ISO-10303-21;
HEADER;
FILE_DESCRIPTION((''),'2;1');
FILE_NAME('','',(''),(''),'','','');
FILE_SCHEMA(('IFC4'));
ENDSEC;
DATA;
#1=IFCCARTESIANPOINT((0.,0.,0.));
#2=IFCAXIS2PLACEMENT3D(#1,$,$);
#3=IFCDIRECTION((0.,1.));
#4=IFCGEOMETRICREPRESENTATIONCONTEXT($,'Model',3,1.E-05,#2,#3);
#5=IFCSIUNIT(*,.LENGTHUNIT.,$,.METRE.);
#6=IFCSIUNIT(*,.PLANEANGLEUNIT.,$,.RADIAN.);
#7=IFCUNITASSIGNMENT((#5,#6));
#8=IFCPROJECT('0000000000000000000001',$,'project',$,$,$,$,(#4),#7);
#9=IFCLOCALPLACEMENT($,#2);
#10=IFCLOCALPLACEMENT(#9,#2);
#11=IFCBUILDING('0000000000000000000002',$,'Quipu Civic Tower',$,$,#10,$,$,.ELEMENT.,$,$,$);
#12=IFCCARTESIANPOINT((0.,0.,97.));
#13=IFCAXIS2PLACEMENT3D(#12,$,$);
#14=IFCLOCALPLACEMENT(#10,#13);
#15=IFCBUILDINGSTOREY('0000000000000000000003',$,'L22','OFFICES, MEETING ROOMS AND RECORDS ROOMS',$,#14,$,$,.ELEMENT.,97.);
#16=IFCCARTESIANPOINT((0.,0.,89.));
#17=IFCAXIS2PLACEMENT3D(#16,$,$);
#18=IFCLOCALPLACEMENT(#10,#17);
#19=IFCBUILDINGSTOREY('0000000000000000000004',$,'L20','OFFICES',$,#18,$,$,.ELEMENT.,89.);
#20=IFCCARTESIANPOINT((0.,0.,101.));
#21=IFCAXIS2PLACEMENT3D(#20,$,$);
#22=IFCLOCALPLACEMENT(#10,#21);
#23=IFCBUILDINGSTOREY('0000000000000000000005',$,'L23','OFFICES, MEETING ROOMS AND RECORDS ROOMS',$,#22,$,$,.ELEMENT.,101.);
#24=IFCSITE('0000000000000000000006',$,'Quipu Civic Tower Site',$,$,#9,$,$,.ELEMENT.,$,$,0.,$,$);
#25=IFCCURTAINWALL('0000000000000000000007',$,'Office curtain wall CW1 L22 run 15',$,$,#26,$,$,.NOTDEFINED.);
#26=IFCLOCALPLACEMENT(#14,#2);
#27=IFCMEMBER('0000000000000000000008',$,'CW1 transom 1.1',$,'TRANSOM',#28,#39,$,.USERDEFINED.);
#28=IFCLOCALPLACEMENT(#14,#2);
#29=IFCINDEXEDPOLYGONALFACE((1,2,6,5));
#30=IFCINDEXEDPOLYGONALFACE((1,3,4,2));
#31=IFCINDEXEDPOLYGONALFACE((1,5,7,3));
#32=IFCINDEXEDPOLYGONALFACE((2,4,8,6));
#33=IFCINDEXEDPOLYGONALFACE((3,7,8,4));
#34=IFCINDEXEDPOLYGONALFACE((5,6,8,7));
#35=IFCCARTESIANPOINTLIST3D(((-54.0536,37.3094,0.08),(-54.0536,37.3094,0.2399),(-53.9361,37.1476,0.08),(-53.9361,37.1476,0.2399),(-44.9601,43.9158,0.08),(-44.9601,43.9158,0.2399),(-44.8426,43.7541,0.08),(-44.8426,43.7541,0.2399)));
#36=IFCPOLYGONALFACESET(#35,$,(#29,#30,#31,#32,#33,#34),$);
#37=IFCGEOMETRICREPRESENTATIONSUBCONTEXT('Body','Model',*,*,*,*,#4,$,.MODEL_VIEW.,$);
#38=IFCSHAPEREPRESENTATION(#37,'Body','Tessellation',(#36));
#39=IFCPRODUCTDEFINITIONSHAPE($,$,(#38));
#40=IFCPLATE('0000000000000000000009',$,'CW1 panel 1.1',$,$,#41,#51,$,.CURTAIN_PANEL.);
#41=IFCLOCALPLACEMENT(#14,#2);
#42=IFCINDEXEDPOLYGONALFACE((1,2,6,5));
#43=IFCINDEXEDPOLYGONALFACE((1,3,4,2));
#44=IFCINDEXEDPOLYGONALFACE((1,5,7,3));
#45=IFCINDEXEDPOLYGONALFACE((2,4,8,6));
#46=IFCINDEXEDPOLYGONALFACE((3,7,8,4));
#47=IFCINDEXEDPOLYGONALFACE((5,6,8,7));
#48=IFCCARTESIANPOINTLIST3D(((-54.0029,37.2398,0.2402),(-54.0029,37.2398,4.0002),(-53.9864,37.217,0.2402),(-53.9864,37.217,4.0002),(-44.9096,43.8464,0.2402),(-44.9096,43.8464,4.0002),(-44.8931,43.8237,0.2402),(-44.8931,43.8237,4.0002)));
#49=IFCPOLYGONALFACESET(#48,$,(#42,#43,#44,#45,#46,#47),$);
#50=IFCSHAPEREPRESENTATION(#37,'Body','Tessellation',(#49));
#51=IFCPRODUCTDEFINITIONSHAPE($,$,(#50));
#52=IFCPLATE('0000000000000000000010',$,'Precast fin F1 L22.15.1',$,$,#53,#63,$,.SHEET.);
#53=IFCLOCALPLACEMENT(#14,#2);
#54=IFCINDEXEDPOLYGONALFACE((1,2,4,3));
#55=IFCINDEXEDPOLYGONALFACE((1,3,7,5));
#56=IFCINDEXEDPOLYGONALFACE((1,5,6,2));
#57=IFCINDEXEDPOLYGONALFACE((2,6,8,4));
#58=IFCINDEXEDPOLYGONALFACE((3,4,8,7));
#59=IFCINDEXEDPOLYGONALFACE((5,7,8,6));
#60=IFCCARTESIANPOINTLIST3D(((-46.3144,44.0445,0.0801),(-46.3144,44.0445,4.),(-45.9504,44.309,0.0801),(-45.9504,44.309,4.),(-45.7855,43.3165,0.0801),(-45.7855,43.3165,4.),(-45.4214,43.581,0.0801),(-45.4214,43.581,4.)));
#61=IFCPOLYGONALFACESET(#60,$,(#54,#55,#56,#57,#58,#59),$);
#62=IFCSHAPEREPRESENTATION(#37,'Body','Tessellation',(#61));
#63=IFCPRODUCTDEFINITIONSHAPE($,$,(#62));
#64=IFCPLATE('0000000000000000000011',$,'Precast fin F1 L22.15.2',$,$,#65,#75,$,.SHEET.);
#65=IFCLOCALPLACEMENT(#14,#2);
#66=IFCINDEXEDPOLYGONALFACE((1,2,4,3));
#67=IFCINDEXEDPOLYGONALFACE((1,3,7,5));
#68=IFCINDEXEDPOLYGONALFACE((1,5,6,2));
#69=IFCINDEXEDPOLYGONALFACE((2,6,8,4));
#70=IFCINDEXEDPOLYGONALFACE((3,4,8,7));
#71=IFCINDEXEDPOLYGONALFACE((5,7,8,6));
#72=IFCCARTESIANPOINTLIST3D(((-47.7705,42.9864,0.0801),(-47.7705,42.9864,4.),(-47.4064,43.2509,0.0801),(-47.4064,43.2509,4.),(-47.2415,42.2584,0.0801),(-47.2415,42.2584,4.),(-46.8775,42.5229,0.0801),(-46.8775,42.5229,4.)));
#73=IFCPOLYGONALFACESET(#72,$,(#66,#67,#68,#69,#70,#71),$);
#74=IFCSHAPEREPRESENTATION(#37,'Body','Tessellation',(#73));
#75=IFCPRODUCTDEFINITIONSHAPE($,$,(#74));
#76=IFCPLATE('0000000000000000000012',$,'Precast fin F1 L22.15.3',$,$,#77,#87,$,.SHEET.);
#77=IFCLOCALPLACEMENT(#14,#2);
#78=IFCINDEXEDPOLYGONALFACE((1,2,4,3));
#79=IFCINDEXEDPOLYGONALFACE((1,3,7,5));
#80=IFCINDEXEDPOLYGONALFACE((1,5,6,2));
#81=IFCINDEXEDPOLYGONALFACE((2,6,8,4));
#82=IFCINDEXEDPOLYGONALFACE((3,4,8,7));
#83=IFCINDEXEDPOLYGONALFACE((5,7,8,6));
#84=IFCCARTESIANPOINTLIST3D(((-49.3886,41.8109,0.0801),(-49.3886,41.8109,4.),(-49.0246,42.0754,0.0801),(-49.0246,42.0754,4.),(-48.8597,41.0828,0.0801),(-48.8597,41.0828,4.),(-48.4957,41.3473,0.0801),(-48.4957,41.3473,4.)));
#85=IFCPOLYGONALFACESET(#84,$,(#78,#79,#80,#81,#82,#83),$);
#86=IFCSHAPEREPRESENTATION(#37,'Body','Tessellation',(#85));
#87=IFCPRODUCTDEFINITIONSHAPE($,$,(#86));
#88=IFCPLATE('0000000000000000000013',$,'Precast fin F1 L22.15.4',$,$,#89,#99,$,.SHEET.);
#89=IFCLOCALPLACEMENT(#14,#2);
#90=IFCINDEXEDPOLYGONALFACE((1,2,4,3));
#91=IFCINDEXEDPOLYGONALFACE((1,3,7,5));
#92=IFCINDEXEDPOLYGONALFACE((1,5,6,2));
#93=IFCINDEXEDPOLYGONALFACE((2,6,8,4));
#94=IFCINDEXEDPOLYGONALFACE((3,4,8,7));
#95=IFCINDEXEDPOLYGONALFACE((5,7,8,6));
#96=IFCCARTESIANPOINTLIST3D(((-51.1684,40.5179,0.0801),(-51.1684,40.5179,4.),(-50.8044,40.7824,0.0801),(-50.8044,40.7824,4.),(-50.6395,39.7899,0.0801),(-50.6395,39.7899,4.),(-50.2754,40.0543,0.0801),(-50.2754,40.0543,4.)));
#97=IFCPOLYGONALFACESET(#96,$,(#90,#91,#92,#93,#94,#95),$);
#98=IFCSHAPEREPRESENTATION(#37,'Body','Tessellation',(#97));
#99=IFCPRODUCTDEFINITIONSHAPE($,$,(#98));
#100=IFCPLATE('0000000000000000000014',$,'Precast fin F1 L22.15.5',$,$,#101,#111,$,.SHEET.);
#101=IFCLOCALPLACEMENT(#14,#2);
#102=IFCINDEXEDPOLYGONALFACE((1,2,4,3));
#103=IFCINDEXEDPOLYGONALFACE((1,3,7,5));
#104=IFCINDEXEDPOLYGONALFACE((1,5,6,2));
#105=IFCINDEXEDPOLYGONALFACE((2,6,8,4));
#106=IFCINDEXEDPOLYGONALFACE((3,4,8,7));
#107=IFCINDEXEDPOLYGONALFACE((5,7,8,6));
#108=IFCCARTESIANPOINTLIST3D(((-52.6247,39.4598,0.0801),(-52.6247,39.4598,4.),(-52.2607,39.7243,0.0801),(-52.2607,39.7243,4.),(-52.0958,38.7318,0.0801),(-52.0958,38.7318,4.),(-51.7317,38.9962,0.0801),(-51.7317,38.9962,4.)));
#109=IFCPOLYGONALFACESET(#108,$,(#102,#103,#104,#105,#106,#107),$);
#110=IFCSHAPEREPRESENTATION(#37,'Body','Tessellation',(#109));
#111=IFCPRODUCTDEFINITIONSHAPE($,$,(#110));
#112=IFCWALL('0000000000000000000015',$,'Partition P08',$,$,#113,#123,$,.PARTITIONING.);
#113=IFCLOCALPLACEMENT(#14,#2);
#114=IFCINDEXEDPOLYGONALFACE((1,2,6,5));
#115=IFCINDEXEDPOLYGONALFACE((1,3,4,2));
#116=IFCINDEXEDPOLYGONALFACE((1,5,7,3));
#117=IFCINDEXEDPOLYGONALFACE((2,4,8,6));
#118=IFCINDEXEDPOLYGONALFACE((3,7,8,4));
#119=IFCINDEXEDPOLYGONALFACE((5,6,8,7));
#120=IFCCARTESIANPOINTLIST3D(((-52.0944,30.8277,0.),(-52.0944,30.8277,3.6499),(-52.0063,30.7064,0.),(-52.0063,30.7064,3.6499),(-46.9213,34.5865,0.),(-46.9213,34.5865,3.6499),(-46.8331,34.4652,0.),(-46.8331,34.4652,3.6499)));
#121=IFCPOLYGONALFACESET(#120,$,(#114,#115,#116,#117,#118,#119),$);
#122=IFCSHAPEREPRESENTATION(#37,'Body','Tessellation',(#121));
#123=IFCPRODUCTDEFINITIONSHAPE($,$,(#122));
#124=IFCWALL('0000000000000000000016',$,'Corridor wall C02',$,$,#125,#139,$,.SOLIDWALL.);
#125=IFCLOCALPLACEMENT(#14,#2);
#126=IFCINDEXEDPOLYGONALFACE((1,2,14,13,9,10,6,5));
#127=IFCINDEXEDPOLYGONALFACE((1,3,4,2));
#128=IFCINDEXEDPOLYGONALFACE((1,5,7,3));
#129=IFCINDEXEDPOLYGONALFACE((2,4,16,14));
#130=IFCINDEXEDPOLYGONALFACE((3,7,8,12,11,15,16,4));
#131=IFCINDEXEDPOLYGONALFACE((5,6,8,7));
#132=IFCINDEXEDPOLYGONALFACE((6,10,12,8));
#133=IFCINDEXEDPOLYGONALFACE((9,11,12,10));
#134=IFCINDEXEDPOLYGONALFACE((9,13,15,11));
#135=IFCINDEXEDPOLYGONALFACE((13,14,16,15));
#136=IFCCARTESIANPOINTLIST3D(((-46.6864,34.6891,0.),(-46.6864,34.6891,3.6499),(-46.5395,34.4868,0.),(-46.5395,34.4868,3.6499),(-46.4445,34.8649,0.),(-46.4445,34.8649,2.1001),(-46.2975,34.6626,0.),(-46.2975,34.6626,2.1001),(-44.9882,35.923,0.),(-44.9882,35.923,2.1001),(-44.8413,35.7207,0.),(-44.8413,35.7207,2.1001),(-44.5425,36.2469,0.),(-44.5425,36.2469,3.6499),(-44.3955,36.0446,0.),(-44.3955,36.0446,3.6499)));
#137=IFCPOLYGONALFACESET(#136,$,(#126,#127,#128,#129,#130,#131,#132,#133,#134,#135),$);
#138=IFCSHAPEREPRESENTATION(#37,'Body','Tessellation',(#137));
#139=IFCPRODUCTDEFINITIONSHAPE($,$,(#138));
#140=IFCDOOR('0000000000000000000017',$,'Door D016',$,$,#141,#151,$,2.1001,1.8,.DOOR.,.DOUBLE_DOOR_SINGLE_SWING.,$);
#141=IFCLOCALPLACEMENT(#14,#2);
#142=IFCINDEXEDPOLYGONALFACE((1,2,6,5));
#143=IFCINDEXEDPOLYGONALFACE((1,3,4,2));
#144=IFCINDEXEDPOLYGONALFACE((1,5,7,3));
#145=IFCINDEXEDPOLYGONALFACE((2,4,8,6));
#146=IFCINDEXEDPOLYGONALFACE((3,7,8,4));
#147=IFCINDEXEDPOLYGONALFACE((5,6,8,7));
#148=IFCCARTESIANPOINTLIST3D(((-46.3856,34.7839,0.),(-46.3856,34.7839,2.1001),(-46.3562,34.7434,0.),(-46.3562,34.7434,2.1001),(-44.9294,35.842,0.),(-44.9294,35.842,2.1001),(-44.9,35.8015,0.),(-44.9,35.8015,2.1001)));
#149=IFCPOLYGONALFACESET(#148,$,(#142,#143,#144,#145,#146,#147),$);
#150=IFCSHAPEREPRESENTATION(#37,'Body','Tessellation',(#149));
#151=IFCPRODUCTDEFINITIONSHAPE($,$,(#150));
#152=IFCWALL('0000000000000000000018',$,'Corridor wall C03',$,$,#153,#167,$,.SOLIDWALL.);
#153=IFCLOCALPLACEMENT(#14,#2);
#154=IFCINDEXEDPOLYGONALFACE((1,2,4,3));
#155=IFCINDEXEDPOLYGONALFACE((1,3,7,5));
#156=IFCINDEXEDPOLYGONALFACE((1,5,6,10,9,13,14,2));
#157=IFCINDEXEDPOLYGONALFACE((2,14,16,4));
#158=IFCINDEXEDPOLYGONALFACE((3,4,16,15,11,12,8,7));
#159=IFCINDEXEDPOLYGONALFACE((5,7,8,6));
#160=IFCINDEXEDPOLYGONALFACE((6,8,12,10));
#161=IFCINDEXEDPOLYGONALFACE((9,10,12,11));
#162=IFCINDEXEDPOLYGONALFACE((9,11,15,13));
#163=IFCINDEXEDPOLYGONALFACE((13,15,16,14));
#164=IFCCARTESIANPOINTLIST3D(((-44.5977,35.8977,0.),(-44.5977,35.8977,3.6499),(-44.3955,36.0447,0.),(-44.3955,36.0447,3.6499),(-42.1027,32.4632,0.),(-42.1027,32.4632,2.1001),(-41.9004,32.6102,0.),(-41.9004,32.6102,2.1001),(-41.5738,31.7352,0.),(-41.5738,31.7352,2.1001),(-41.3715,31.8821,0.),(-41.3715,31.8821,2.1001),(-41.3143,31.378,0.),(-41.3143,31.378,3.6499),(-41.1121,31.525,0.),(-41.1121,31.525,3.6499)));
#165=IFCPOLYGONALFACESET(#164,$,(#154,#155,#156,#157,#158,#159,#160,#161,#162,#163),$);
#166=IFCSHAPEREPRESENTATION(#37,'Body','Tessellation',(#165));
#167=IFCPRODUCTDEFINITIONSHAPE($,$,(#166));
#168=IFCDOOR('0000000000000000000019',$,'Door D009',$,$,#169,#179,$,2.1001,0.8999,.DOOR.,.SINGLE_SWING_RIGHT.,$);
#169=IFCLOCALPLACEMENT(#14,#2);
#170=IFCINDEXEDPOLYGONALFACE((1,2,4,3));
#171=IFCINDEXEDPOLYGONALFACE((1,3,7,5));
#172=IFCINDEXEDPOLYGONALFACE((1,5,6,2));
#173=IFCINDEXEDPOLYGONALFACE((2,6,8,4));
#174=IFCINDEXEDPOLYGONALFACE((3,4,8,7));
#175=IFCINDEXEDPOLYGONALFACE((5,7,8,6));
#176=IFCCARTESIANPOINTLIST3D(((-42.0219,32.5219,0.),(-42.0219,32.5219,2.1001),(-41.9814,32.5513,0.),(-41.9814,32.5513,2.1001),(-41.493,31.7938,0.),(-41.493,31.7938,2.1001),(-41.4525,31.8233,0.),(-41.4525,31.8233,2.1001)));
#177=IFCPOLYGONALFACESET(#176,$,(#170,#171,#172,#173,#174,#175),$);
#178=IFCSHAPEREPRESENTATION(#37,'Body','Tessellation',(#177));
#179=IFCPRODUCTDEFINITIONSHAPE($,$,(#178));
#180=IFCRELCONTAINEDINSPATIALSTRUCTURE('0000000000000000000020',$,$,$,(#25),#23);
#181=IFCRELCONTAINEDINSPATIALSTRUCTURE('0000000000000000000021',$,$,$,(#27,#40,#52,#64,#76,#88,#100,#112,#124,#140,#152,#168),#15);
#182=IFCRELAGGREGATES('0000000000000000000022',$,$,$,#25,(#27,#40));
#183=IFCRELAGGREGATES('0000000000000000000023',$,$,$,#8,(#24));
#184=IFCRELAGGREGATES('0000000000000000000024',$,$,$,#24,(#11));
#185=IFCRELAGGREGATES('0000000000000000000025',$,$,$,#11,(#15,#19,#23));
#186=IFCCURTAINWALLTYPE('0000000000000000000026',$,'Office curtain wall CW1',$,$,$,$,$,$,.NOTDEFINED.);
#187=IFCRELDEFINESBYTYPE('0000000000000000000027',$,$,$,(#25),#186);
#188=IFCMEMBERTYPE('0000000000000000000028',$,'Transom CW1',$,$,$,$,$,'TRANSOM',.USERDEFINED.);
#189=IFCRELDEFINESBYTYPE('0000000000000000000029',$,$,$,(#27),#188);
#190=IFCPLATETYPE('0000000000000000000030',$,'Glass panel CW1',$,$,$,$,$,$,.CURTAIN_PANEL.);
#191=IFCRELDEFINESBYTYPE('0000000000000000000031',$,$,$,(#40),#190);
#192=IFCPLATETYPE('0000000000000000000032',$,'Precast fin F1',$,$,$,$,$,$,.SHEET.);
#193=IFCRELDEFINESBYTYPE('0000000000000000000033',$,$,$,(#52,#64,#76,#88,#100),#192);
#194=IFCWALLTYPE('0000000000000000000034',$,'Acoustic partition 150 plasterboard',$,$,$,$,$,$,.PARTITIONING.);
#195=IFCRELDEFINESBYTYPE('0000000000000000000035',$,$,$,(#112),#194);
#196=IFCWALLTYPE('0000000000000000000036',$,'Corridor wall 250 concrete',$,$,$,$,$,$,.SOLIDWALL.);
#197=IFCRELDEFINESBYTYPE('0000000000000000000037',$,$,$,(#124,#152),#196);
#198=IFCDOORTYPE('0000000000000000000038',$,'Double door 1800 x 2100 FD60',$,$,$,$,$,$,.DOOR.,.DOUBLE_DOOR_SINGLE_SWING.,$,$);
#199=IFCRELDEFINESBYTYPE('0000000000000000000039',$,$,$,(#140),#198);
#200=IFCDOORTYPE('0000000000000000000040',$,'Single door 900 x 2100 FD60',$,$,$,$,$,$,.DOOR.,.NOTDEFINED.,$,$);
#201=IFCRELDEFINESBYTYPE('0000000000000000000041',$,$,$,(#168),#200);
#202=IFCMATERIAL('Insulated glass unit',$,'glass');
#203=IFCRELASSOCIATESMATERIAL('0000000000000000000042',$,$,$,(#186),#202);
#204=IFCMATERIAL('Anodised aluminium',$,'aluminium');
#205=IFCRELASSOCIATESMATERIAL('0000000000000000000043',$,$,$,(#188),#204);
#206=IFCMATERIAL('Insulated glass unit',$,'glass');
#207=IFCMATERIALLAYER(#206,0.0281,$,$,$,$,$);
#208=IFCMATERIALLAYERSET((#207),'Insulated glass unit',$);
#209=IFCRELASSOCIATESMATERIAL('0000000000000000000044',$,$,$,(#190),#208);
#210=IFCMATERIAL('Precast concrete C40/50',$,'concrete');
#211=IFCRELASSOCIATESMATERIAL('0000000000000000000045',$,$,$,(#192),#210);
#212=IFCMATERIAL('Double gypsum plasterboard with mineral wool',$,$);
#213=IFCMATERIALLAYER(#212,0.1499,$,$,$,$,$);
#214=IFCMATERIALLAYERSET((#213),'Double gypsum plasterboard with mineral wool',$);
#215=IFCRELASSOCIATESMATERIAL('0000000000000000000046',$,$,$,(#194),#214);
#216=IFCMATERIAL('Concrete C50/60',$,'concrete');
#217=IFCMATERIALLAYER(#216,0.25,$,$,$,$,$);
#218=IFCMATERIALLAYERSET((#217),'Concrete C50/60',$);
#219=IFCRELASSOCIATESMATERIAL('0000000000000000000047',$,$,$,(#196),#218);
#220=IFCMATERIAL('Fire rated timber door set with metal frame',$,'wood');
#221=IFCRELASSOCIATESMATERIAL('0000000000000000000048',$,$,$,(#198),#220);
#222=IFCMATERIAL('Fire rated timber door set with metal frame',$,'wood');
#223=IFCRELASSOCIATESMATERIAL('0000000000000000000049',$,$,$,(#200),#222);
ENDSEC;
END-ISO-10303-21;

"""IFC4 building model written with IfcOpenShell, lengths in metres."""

from ifc_helpers import new_model, si_unit, direction, frame, frame_2d, origin, origin_2d, place, context, subcontext, project, spatial, rectangle, extrude, material, layer, layer_set, material_profile, profile_set, type_object, element, fill, aggregate, save


model = new_model("IFC4")

# Units and contexts
model_context = context("Model", 3, precision=1e-05, world=origin(), true_north=direction((0.0, 1.0)))
body_context = subcontext(model_context, "Body", "Model", "MODEL_VIEW")
ifc_project = project(units=[si_unit("LENGTHUNIT", "METRE"), si_unit("PLANEANGLEUNIT", "RADIAN")], contexts=[model_context])

# Site, building, storey
site_placement = place(None, origin())
site = spatial("IfcSite", under=ifc_project, at=site_placement, Name="Quipu Civic Tower Site", CompositionType="ELEMENT", RefElevation=0.0)
building_placement = place(site_placement, origin())
building = spatial("IfcBuilding", under=site, at=building_placement, Name="Quipu Civic Tower", CompositionType="ELEMENT")
storey_1_placement = place(building_placement, frame((0.0, 0.0, 97.0)))
storey_1 = spatial("IfcBuildingStorey", under=building, at=storey_1_placement, Name="L22", Description="OFFICES, MEETING ROOMS AND RECORDS ROOMS", CompositionType="ELEMENT", Elevation=97.0)

# Shared definitions
storey_2_placement = place(building_placement, frame((0.0, 0.0, 89.0)))
storey_2 = spatial("IfcBuildingStorey", under=building, at=storey_2_placement, Name="L20", Description="OFFICES", CompositionType="ELEMENT", Elevation=89.0)

# Shared definitions
ifc_material_1 = material(Name="Insulated glass unit", Category="glass")
curtain_wall_type = type_object("IfcCurtainWallType", Name="Office curtain wall CW1", PredefinedType="NOTDEFINED", material=ifc_material_1)
ifc_material_2 = material(Name="Anodised aluminium", Category="aluminium")
ifc_material_profile_1 = material_profile(ifc_material_2, rectangle(XDim=0.2, YDim=0.1599, at=origin_2d()), Name="RECT 200x160")
ifc_profile_set_1 = profile_set([ifc_material_profile_1], Name="Anodised aluminium")
member_type = type_object("IfcMemberType", Name="Transom CW1", ElementType="TRANSOM", PredefinedType="USERDEFINED", material=ifc_profile_set_1)

# Shared definitions
storey_3_placement = place(building_placement, frame((0.0, 0.0, 101.0)))
storey_3 = spatial("IfcBuildingStorey", under=building, at=storey_3_placement, Name="L23", Description="OFFICES, MEETING ROOMS AND RECORDS ROOMS", CompositionType="ELEMENT", Elevation=101.0)

# Curtain wall, member, plate
curtain_wall_1_placement = place(storey_3_placement, origin())
curtain_wall_1 = element("IfcCurtainWall", 1, at=curtain_wall_1_placement, inside=storey_3, type_object=curtain_wall_type, Name="Office curtain wall CW1 L22 run 15", PredefinedType="NOTDEFINED")
member_1_placement = place(storey_1_placement, frame((-44.9014, 43.835, 0.1599), z_axis=(-0.809033, -0.587764, 0.0), x_axis=(0.587764, -0.809033, 0.0)))
member_1 = element("IfcMember", 2, at=member_1_placement, inside=storey_1, type_object=member_type, Name="CW1 transom 1.1", ObjectType="TRANSOM", PredefinedType="USERDEFINED", context=body_context, shape_type="SweptSolid", body=[
    extrude(rectangle(XDim=0.2, YDim=0.1599, at=origin_2d()), origin(), (0.0, 0.0, 1.0), 11.24),
])
ifc_material_3 = material(Name="Insulated glass unit", Category="glass")
ifc_layer_1 = layer(ifc_material_3, 0.0281)
ifc_layer_set_1 = layer_set([ifc_layer_1], Name="Insulated glass unit")
plate_type_1 = type_object("IfcPlateType", Name="Glass panel CW1", PredefinedType="CURTAIN_PANEL", material=ifc_layer_set_1)
plate_placement = place(storey_1_placement, frame((-49.448, 40.5317, 0.2402), z_axis=(0.0, 0.0, 1.0), x_axis=(-0.809019, -0.587782, 0.0)))
plate = element("IfcPlate", 3, at=plate_placement, inside=storey_1, type_object=plate_type_1, Name="CW1 panel 1.1", PredefinedType="CURTAIN_PANEL", context=body_context, shape_type="SweptSolid", body=[
    extrude(rectangle(XDim=11.24, YDim=0.0281, at=origin_2d()), origin(), (0.0, 0.0, 1.0), 3.76),
])
aggregate(curtain_wall_1, [member_1, plate])

# Plates
ifc_material_4 = material(Name="Precast concrete C40/50", Category="concrete")
plate_type_2 = type_object("IfcPlateType", Name="Precast fin F1", PredefinedType="SHEET", material=ifc_material_4)
for number, where, z_axis, x_axis, name in (
    (4, (-45.8679, 43.8127, 0.0801), (0.0, 0.0, 1.0), (-0.809021, -0.587779, 0.0), "Precast fin F1 L22.15.1"),
    (5, (-47.324, 42.7546, 0.0801), (0.0, 0.0, 1.0), (-0.809021, -0.587779, 0.0), "Precast fin F1 L22.15.2"),
    (6, (-48.9421, 41.5791, 0.0801), (0.0, 0.0, 1.0), (-0.809021, -0.587779, 0.0), "Precast fin F1 L22.15.3"),
    (7, (-50.7219, 40.2861, 0.0801), (0.0, 0.0, 1.0), (-0.809021, -0.587779, 0.0), "Precast fin F1 L22.15.4"),
    (8, (-52.1782, 39.228, 0.0801), (0.0, 0.0, 1.0), (-0.809021, -0.587779, 0.0), "Precast fin F1 L22.15.5"),
):
    element("IfcPlate", number, at=place(storey_1_placement, frame(where, z_axis=z_axis, x_axis=x_axis)), inside=storey_1, type_object=plate_type_2, Name=name, PredefinedType="SHEET", context=body_context, shape_type="SweptSolid", body=[
        extrude(rectangle(XDim=0.45, YDim=0.8999, at=origin_2d()), origin(), (0.0, 0.0, 1.0), 3.9199),
    ])

# Wall
ifc_material_5 = material(Name="Double gypsum plasterboard with mineral wool")
ifc_layer_2 = layer(ifc_material_5, 0.1499)
ifc_layer_set_2 = layer_set([ifc_layer_2], Name="Double gypsum plasterboard with mineral wool")
wall_type_1 = type_object("IfcWallType", Name="Acoustic partition 150 plasterboard", PredefinedType="PARTITIONING", material=ifc_layer_set_2)
wall_1_placement = place(storey_1_placement, frame((-46.8772, 34.5259, 0.0), z_axis=(0.0, 0.0, 1.0), x_axis=(-0.808994, -0.587817, 0.0)))
element("IfcWall", 9, at=wall_1_placement, inside=storey_1, type_object=wall_type_1, Name="Partition P08", PredefinedType="PARTITIONING", context=body_context, shape_type="SweptSolid", body=[
    extrude(rectangle(XDim=6.3945, YDim=0.1499, at=frame_2d((3.1973, 0.0))), origin(), (0.0, 0.0, 1.0), 3.6499),
])

# Walls, openings, doors
ifc_material_6 = material(Name="Concrete C50/60", Category="concrete")
ifc_layer_3 = layer(ifc_material_6, 0.25)
ifc_layer_set_3 = layer_set([ifc_layer_3], Name="Concrete C50/60")
wall_type_2 = type_object("IfcWallType", Name="Corridor wall 250 concrete", PredefinedType="SOLIDWALL", material=ifc_layer_set_3)
wall_2_placement = place(storey_1_placement, frame((-46.613, 34.5879, 0.0), z_axis=(0.0, 0.0, 1.0), x_axis=(0.808995, 0.587816, 0.0)))
wall_2 = element("IfcWall", 10, at=wall_2_placement, inside=storey_1, type_object=wall_type_2, Name="Corridor wall C02", PredefinedType="SOLIDWALL", context=body_context, shape_type="SweptSolid", body=[
    extrude(rectangle(XDim=2.6501, YDim=0.25, at=frame_2d((1.3252, 0.0))), origin(), (0.0, 0.0, 1.0), 3.6499),
])
opening_1_placement = place(wall_2_placement, frame((0.2993, 0.0, 0.0)))
opening_1 = element("IfcOpeningElement", 11, at=opening_1_placement, cuts=wall_2, PredefinedType="OPENING", context=body_context, shape_type="SweptSolid", body=[
    extrude(rectangle(XDim=1.8, YDim=2.1001, at=frame_2d((0.8999, 1.05))), frame((0.0, 0.135, 0.0), z_axis=(0.0, -1.0, 0.0), x_axis=(1.0, 0.0, 0.0)), (0.0, 0.0, 1.0), 0.27),
])
ifc_material_7 = material(Name="Fire rated timber door set with metal frame", Category="wood")
door_type_1 = type_object("IfcDoorType", Name="Double door 1800 x 2100 FD60", OperationType="DOUBLE_DOOR_SINGLE_SWING", PredefinedType="DOOR", material=ifc_material_7)
door_1_placement = place(opening_1_placement, origin())
door_1 = element("IfcDoor", 12, at=door_1_placement, inside=storey_1, type_object=door_type_1, Name="Door D016", OperationType="DOUBLE_DOOR_SINGLE_SWING", OverallHeight=2.1001, OverallWidth=1.8, PredefinedType="DOOR", context=body_context, shape_type="SweptSolid", body=[
    extrude(rectangle(XDim=1.8, YDim=2.1001, at=frame_2d((0.8999, 1.05))), frame((0.0, 0.0249, 0.0), z_axis=(0.0, -1.0, 0.0), x_axis=(1.0, 0.0, 0.0)), (0.0, 0.0, 1.0), 0.05),
])
fill(opening_1, door_1)
wall_3_placement = place(storey_1_placement, frame((-44.4966, 35.9712, 0.0), z_axis=(0.0, 0.0, 1.0), x_axis=(0.587743, -0.809048, 0.0)))
wall_3 = element("IfcWall", 13, at=wall_3_placement, inside=storey_1, type_object=wall_type_2, Name="Corridor wall C03", PredefinedType="SOLIDWALL", context=body_context, shape_type="SweptSolid", body=[
    extrude(rectangle(XDim=5.5864, YDim=0.25, at=frame_2d((2.7932, 0.0))), origin(), (0.0, 0.0, 1.0), 3.6499),
])
opening_2_placement = place(wall_3_placement, frame((4.2451, 0.0, 0.0)))
opening_2 = element("IfcOpeningElement", 14, at=opening_2_placement, cuts=wall_3, PredefinedType="OPENING", context=body_context, shape_type="SweptSolid", body=[
    extrude(rectangle(XDim=0.8999, YDim=2.1001, at=frame_2d((0.45, 1.05))), frame((0.0, 0.135, 0.0), z_axis=(0.0, -1.0, 0.0), x_axis=(1.0, 0.0, 0.0)), (0.0, 0.0, 1.0), 0.27),
])
ifc_material_8 = material(Name="Fire rated timber door set with metal frame", Category="wood")
door_type_2 = type_object("IfcDoorType", Name="Single door 900 x 2100 FD60", OperationType="NOTDEFINED", PredefinedType="DOOR", material=ifc_material_8)
door_2_placement = place(opening_2_placement, origin())
door_2 = element("IfcDoor", 15, at=door_2_placement, inside=storey_1, type_object=door_type_2, Name="Door D009", OperationType="SINGLE_SWING_RIGHT", OverallHeight=2.1001, OverallWidth=0.8999, PredefinedType="DOOR", context=body_context, shape_type="SweptSolid", body=[
    extrude(rectangle(XDim=0.8999, YDim=2.1001, at=frame_2d((0.45, 1.05))), frame((0.0, 0.0249, 0.0), z_axis=(0.0, -1.0, 0.0), x_axis=(1.0, 0.0, 0.0)), (0.0, 0.0, 1.0), 0.05),
])
fill(opening_2, door_2)

save(model, "model.ifc")
